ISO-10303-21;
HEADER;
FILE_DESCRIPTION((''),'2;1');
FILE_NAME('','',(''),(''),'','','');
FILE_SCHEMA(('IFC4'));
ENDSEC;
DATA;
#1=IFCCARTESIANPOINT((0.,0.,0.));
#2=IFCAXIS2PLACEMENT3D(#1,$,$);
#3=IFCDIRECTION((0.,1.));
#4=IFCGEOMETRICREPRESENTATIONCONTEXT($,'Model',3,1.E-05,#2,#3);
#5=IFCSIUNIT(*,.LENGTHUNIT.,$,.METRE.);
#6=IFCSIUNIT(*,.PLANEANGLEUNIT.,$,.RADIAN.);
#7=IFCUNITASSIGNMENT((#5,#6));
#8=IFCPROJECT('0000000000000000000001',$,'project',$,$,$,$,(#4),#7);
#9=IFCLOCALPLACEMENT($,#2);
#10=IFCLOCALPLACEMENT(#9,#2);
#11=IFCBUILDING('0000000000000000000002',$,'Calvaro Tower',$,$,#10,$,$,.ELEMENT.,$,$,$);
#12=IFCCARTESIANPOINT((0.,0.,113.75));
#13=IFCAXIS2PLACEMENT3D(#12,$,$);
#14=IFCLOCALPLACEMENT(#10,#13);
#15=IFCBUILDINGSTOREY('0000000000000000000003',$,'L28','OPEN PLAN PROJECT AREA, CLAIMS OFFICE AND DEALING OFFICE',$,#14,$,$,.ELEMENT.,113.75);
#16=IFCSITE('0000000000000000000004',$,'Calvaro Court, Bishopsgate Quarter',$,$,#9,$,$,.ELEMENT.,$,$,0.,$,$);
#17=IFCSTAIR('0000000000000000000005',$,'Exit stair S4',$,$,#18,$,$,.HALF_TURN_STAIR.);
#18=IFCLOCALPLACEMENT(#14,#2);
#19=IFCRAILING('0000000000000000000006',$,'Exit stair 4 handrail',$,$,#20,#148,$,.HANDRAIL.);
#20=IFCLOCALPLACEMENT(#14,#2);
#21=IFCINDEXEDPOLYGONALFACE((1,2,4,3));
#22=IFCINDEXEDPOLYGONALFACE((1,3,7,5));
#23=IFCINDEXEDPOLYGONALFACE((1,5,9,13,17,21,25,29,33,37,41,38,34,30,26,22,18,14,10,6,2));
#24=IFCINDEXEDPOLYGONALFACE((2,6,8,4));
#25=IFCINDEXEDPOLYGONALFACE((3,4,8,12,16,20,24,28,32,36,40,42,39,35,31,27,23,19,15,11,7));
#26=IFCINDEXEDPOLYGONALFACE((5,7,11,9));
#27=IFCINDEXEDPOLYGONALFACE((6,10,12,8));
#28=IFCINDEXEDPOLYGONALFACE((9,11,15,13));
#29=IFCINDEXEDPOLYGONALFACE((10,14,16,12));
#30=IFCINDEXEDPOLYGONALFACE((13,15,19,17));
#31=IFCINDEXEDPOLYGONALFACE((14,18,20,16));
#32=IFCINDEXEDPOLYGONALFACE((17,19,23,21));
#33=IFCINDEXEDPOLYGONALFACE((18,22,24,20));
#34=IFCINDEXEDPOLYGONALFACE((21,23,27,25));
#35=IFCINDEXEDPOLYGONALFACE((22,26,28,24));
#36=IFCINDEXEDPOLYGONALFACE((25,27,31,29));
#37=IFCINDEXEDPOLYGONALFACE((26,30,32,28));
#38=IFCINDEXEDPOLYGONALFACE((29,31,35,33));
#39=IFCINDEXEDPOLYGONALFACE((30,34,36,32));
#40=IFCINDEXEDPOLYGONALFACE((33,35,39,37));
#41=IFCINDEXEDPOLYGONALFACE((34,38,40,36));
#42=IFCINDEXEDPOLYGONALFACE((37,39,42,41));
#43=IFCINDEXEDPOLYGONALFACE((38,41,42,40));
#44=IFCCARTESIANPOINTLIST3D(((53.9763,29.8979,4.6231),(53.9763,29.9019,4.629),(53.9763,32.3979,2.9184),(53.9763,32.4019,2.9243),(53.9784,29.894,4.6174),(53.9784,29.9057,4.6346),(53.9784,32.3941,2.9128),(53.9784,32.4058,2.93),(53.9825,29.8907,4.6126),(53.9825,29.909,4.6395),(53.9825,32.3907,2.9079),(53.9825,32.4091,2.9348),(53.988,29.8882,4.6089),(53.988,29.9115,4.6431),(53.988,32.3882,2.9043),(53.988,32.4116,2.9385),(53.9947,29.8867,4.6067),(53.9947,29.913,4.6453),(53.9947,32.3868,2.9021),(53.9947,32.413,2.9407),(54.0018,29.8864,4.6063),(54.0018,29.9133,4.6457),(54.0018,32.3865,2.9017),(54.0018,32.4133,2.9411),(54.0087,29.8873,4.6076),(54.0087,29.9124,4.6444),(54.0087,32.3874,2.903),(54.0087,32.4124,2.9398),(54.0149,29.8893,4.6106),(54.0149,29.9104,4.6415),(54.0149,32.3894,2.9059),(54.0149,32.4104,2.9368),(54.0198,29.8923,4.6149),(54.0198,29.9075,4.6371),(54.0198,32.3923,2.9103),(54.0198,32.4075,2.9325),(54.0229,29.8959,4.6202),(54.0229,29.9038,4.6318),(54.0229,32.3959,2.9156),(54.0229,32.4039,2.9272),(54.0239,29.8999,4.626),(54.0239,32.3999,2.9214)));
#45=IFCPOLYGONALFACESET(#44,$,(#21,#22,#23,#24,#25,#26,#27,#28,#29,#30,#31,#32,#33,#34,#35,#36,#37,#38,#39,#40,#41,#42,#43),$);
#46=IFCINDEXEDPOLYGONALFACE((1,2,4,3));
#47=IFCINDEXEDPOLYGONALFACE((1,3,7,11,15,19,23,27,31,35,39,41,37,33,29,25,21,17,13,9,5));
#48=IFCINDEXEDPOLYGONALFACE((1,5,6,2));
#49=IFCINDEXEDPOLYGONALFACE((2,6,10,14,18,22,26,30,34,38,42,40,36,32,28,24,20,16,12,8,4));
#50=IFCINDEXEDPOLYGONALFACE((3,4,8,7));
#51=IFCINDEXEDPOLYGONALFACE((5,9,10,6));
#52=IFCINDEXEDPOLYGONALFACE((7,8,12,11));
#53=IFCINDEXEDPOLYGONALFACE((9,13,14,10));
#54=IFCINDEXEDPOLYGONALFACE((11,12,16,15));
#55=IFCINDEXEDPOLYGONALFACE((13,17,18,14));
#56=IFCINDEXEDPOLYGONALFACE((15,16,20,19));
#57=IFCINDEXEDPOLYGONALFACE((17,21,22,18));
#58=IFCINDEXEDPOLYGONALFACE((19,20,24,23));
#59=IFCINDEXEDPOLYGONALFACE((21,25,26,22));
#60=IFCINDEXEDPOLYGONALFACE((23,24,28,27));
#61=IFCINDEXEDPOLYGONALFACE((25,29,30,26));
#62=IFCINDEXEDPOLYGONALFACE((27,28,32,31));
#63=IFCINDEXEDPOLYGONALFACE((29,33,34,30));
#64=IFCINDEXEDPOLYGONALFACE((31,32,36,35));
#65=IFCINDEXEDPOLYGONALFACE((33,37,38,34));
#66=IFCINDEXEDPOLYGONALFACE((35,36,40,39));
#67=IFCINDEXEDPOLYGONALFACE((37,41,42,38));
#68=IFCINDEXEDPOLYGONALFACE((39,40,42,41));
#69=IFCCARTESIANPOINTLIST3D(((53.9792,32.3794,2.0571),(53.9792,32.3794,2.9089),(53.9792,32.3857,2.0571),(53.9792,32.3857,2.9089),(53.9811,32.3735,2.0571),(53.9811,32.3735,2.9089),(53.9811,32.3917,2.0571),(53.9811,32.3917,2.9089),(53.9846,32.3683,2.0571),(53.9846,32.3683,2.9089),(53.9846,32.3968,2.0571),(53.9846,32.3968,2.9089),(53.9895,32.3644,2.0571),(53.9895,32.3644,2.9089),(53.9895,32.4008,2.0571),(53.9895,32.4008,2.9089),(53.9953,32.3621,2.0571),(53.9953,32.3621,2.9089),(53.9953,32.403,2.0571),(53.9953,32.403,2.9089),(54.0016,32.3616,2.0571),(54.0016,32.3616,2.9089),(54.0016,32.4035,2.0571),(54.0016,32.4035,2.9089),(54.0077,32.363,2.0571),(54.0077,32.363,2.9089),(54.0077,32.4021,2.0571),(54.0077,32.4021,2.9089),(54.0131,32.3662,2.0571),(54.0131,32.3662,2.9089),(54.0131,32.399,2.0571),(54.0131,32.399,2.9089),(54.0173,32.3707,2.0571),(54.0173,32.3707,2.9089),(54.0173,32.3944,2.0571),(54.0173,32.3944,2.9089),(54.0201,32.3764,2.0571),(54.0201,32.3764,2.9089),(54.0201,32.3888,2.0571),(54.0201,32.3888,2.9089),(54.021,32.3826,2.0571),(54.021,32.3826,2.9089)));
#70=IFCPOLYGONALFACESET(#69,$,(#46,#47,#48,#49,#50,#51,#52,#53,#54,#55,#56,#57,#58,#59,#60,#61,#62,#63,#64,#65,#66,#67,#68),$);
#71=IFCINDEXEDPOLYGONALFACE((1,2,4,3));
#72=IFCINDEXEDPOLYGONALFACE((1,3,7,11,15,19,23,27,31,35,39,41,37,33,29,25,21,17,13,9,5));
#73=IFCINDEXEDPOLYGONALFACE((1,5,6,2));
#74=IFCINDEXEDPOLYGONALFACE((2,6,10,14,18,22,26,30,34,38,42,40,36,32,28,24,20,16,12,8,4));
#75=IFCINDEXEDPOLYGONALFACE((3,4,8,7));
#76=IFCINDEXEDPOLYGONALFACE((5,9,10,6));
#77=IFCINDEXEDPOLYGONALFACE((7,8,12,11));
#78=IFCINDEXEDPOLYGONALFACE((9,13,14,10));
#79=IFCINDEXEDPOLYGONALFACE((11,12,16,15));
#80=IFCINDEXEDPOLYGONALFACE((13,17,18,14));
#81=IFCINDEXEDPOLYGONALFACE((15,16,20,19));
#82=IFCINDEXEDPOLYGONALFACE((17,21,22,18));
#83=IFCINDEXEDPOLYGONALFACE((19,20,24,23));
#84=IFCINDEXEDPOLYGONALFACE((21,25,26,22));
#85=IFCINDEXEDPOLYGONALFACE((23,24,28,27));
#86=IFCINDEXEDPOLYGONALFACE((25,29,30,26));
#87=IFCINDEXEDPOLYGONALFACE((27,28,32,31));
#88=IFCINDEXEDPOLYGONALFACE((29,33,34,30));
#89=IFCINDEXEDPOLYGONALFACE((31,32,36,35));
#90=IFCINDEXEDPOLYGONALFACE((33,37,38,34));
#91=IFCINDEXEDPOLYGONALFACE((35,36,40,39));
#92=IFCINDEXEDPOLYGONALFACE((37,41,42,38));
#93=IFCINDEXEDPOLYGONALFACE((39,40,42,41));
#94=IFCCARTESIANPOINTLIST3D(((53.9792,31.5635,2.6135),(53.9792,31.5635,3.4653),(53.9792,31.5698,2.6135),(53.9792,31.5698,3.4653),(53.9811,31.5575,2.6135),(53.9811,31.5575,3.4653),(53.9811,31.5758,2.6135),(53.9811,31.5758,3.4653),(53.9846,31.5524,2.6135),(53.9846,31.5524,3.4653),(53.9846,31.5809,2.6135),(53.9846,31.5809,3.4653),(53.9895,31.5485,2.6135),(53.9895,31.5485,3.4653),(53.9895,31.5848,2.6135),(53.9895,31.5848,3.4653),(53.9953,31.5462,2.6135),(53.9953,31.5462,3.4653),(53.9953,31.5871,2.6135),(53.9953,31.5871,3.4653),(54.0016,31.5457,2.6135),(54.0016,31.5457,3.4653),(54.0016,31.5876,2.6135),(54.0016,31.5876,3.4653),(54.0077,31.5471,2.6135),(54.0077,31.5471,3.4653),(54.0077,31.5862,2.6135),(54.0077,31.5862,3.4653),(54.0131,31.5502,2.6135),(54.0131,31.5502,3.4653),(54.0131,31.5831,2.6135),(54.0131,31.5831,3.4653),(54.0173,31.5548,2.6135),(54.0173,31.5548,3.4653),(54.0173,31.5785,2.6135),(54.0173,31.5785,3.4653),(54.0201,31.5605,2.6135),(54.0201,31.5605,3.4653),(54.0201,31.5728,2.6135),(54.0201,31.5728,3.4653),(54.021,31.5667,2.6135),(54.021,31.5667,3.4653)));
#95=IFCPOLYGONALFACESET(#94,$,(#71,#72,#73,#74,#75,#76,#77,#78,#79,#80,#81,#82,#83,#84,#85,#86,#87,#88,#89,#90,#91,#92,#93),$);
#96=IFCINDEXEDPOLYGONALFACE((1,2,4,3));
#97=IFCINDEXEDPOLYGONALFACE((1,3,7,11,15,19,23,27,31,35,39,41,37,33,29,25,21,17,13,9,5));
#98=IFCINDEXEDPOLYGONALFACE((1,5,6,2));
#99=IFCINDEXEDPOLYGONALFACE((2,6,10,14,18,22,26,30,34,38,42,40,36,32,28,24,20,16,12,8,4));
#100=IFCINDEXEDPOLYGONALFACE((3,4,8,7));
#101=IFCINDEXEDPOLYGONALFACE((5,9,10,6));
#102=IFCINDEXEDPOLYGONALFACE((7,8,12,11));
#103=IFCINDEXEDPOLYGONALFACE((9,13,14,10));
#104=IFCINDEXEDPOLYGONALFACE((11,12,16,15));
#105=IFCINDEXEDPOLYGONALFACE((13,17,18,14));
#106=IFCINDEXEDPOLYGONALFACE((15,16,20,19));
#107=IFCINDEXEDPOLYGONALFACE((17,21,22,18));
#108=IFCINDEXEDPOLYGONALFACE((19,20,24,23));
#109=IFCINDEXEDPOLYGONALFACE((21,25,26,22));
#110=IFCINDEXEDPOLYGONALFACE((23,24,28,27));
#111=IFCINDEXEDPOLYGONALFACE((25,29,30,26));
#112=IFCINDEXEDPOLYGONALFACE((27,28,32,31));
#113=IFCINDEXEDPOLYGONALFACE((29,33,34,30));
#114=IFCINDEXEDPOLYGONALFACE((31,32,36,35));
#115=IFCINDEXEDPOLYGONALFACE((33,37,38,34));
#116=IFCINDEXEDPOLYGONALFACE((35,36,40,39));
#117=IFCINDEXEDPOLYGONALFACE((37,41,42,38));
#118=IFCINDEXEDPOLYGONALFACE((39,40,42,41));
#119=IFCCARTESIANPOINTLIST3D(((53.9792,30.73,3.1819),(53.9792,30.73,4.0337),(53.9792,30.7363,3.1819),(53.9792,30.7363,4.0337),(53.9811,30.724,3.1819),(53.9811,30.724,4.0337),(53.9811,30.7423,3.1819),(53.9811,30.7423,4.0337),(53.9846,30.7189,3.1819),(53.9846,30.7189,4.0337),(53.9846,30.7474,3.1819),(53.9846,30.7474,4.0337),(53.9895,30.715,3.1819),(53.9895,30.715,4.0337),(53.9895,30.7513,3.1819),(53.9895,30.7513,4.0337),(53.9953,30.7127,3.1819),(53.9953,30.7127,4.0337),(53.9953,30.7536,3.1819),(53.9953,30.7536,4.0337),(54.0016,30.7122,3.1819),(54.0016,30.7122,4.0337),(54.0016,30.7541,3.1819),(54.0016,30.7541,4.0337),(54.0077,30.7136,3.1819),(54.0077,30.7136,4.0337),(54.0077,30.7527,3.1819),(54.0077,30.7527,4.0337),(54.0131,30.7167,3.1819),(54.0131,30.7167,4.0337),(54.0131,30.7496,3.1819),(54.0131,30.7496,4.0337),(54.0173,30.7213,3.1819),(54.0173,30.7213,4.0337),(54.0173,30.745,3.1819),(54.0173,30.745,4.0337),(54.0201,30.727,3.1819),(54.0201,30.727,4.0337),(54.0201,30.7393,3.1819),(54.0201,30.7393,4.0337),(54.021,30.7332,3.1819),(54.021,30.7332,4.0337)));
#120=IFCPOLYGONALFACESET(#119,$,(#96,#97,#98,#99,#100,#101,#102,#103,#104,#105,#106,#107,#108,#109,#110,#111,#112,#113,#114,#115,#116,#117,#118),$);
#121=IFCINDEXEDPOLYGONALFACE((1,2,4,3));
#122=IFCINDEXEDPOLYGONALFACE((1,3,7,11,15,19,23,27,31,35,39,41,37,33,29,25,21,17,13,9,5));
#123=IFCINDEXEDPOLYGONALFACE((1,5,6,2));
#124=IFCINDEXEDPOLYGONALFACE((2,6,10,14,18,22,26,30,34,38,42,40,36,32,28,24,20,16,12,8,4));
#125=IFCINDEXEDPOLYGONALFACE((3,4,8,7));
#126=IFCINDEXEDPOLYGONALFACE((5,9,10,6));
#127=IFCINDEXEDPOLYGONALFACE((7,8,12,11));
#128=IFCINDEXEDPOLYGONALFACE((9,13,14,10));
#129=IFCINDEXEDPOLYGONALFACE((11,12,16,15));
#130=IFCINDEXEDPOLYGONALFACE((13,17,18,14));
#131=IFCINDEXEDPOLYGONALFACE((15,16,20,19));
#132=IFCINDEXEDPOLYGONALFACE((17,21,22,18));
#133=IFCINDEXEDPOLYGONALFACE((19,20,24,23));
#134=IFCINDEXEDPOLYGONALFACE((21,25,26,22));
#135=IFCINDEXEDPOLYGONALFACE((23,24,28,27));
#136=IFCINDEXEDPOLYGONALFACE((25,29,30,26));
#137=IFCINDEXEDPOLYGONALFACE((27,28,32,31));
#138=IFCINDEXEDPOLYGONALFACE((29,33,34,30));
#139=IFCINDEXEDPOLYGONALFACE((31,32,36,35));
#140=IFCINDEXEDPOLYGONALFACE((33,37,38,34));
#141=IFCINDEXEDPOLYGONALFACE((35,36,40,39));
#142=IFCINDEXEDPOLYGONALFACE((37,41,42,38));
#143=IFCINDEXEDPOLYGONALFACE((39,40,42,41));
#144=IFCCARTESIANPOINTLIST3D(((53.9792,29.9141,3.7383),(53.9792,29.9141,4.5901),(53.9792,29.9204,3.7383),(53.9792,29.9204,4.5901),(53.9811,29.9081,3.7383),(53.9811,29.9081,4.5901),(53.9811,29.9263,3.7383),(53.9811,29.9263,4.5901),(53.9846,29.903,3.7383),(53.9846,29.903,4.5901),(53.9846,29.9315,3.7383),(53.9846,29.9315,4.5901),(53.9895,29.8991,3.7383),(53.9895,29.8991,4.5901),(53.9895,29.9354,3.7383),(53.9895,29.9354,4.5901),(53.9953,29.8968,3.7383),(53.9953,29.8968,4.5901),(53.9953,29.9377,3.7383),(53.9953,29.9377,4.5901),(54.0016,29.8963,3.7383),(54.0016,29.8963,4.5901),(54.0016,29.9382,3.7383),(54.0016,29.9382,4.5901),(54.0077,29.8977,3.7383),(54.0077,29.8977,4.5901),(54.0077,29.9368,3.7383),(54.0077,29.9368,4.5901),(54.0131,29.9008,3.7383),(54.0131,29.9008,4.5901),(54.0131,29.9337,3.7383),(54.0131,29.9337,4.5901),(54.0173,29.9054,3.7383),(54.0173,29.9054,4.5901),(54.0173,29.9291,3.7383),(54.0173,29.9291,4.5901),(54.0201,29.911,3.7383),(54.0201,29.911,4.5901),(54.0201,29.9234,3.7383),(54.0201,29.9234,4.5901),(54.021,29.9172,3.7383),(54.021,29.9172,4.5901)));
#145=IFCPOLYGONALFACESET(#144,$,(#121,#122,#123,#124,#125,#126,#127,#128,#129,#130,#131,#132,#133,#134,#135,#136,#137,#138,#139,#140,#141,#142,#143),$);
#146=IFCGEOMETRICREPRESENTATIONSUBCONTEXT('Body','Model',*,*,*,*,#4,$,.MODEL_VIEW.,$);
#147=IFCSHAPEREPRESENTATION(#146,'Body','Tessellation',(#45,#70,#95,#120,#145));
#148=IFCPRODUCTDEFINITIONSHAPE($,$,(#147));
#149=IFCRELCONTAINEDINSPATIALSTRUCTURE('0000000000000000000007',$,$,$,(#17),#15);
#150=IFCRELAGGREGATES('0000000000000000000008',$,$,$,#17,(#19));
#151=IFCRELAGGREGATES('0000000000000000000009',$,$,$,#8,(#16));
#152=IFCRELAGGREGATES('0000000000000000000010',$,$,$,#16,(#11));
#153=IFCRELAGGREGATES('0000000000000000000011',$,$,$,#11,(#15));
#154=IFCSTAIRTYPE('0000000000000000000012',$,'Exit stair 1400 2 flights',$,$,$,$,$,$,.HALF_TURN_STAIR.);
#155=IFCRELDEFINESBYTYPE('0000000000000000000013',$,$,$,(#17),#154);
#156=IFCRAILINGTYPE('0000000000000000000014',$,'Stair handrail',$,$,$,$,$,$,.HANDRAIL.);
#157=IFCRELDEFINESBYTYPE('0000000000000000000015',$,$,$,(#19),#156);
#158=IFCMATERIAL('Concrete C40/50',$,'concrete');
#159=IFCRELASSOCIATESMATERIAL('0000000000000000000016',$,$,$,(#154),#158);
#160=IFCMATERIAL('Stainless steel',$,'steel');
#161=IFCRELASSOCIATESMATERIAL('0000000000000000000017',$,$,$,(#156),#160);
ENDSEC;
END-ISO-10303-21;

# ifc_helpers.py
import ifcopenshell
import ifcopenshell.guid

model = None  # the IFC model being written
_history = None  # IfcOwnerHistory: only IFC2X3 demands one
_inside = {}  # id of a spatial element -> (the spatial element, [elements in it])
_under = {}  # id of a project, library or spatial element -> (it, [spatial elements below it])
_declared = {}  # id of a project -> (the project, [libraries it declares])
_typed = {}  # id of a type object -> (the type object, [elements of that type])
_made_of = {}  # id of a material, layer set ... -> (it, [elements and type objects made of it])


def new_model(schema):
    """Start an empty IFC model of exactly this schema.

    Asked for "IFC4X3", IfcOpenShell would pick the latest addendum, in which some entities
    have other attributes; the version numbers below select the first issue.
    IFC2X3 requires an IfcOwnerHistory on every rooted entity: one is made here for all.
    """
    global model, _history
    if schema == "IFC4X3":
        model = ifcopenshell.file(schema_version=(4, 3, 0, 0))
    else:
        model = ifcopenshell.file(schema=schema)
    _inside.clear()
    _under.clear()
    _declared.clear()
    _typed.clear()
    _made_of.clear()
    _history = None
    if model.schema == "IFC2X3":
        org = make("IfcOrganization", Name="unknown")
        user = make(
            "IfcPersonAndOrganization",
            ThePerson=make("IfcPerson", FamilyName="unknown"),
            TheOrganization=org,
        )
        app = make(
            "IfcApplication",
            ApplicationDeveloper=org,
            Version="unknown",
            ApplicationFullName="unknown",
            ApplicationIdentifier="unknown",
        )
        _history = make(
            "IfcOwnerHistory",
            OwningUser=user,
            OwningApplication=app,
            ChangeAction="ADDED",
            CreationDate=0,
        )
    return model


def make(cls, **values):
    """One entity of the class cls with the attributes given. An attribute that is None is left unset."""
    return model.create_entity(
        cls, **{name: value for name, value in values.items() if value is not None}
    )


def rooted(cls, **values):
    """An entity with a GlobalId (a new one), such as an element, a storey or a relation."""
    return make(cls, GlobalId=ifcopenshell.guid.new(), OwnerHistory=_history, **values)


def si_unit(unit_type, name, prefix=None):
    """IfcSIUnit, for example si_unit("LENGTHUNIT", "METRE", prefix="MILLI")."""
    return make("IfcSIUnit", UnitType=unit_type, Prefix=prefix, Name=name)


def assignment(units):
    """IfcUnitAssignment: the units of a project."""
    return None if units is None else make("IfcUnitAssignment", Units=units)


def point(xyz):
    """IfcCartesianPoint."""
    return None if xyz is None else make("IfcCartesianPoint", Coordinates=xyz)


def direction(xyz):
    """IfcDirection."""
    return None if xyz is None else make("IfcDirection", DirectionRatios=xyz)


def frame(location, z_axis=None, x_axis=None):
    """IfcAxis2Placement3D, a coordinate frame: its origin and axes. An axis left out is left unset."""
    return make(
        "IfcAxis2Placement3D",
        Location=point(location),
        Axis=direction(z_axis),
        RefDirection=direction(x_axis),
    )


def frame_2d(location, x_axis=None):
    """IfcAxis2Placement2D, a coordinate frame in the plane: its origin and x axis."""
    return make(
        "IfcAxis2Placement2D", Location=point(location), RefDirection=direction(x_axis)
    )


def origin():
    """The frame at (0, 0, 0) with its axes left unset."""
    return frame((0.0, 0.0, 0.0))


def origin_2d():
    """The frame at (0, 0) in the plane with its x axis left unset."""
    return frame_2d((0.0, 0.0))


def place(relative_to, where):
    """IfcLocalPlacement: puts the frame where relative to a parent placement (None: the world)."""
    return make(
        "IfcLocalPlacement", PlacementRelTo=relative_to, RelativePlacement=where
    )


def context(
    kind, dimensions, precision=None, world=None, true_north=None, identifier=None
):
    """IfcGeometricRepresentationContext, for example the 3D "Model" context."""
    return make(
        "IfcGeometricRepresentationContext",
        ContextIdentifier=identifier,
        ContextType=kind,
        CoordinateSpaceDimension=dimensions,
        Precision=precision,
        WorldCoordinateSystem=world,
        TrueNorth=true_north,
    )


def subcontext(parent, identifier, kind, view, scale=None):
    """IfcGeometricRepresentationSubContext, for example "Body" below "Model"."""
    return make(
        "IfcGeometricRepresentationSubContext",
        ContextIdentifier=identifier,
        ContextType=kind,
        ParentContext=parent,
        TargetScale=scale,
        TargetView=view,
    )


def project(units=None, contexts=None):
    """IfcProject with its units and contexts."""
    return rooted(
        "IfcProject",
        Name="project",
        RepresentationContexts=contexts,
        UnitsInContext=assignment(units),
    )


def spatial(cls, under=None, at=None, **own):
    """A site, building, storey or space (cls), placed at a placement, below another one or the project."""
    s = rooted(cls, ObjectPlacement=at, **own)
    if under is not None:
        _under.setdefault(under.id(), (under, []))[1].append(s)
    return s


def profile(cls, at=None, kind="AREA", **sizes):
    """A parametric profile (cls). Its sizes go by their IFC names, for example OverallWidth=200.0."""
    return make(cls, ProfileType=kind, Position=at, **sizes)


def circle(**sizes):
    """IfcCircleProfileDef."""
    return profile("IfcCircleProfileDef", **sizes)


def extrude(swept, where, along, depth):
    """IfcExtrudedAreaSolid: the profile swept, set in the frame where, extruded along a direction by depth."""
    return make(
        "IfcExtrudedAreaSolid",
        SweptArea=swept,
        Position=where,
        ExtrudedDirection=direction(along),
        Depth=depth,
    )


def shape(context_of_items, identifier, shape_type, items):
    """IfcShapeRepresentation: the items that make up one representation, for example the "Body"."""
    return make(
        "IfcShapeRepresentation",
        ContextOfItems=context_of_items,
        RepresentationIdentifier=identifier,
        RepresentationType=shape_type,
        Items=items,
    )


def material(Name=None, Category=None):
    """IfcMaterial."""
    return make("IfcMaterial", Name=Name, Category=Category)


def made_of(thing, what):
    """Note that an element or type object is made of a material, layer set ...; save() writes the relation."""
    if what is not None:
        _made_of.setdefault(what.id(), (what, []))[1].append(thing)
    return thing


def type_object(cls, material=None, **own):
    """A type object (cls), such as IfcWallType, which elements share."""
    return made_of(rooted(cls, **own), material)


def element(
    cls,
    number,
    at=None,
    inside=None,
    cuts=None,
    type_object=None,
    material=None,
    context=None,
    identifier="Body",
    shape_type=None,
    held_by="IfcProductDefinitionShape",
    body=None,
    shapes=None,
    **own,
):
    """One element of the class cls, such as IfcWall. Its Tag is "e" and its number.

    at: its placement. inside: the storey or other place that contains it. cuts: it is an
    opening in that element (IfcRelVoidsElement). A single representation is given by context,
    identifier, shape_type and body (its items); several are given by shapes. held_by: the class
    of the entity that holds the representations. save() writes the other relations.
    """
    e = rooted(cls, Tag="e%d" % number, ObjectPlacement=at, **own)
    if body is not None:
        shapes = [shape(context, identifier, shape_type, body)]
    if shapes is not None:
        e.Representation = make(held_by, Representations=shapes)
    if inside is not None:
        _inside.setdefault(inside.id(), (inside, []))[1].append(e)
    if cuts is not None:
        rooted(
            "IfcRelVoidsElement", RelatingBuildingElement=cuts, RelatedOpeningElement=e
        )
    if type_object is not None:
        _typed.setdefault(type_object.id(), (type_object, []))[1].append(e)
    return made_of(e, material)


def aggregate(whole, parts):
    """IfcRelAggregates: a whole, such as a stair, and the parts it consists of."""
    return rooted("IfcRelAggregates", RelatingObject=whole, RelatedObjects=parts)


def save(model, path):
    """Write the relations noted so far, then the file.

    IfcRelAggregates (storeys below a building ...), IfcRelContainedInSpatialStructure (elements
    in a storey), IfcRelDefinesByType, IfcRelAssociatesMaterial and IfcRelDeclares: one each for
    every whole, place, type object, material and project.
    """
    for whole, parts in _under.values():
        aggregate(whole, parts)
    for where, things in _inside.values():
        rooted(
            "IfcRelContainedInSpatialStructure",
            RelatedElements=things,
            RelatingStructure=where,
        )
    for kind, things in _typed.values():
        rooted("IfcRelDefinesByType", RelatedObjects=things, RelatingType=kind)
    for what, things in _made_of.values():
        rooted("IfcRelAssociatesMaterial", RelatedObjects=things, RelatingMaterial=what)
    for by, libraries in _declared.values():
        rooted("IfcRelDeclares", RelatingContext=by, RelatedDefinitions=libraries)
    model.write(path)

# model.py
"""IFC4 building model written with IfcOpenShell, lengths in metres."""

from ifc_helpers import new_model, si_unit, direction, frame, origin, origin_2d, place, context, subcontext, project, spatial, circle, extrude, material, type_object, element, aggregate, save


model = new_model("IFC4")

# Units and contexts
model_context = context("Model", 3, precision=1e-05, world=origin(), true_north=direction((0.0, 1.0)))
body_context = subcontext(model_context, "Body", "Model", "MODEL_VIEW")
ifc_project = project(units=[si_unit("LENGTHUNIT", "METRE"), si_unit("PLANEANGLEUNIT", "RADIAN")], contexts=[model_context])

# Site, building, storey
site_placement = place(None, origin())
site = spatial("IfcSite", under=ifc_project, at=site_placement, Name="Calvaro Court, Bishopsgate Quarter", CompositionType="ELEMENT", RefElevation=0.0)
building_placement = place(site_placement, origin())
building = spatial("IfcBuilding", under=site, at=building_placement, Name="Calvaro Tower", CompositionType="ELEMENT")
storey_placement = place(building_placement, frame((0.0, 0.0, 113.75)))
storey = spatial("IfcBuildingStorey", under=building, at=storey_placement, Name="L28", Description="OPEN PLAN PROJECT AREA, CLAIMS OFFICE AND DEALING OFFICE", CompositionType="ELEMENT", Elevation=113.75)

# Shared definitions
ifc_material_1 = material(Name="Concrete C40/50", Category="concrete")
stair_type = type_object("IfcStairType", Name="Exit stair 1400 2 flights", PredefinedType="HALF_TURN_STAIR", material=ifc_material_1)

# Stair, railing
stair_1_placement = place(storey_placement, origin())
stair_1 = element("IfcStair", 1, at=stair_1_placement, inside=storey, type_object=stair_type, Name="Exit stair S4", PredefinedType="HALF_TURN_STAIR")
ifc_material_2 = material(Name="Stainless steel", Category="steel")
railing_type = type_object("IfcRailingType", Name="Stair handrail", PredefinedType="HANDRAIL", material=ifc_material_2)
railing_1_placement = place(storey_placement, frame((54.0, 32.3999, 2.0454)))
railing_1 = element("IfcRailing", 2, at=railing_1_placement, type_object=railing_type, Name="Exit stair 4 handrail", PredefinedType="HANDRAIL", context=body_context, shape_type="SweptSolid", body=[
    extrude(circle(Radius=0.0239, at=origin_2d()), frame((0.0, 0.0, 0.876), z_axis=(0.0, -0.826221, 0.563347), x_axis=(1.0, 0.0, 0.0)), (0.0, 0.0, 1.0), 3.0259),
    extrude(circle(Radius=0.021, at=origin_2d()), frame((0.0, -0.0173, 0.0117)), (0.0, 0.0, 1.0), 0.8518),
    extrude(circle(Radius=0.021, at=origin_2d()), frame((0.0, -0.8333, 0.5681)), (0.0, 0.0, 1.0), 0.8518),
    extrude(circle(Radius=0.021, at=origin_2d()), frame((0.0, -1.6667, 1.1365)), (0.0, 0.0, 1.0), 0.8518),
    extrude(circle(Radius=0.021, at=origin_2d()), frame((0.0, -2.4827, 1.6929)), (0.0, 0.0, 1.0), 0.8518),
])
aggregate(stair_1, [railing_1])

save(model, "model.ifc")
